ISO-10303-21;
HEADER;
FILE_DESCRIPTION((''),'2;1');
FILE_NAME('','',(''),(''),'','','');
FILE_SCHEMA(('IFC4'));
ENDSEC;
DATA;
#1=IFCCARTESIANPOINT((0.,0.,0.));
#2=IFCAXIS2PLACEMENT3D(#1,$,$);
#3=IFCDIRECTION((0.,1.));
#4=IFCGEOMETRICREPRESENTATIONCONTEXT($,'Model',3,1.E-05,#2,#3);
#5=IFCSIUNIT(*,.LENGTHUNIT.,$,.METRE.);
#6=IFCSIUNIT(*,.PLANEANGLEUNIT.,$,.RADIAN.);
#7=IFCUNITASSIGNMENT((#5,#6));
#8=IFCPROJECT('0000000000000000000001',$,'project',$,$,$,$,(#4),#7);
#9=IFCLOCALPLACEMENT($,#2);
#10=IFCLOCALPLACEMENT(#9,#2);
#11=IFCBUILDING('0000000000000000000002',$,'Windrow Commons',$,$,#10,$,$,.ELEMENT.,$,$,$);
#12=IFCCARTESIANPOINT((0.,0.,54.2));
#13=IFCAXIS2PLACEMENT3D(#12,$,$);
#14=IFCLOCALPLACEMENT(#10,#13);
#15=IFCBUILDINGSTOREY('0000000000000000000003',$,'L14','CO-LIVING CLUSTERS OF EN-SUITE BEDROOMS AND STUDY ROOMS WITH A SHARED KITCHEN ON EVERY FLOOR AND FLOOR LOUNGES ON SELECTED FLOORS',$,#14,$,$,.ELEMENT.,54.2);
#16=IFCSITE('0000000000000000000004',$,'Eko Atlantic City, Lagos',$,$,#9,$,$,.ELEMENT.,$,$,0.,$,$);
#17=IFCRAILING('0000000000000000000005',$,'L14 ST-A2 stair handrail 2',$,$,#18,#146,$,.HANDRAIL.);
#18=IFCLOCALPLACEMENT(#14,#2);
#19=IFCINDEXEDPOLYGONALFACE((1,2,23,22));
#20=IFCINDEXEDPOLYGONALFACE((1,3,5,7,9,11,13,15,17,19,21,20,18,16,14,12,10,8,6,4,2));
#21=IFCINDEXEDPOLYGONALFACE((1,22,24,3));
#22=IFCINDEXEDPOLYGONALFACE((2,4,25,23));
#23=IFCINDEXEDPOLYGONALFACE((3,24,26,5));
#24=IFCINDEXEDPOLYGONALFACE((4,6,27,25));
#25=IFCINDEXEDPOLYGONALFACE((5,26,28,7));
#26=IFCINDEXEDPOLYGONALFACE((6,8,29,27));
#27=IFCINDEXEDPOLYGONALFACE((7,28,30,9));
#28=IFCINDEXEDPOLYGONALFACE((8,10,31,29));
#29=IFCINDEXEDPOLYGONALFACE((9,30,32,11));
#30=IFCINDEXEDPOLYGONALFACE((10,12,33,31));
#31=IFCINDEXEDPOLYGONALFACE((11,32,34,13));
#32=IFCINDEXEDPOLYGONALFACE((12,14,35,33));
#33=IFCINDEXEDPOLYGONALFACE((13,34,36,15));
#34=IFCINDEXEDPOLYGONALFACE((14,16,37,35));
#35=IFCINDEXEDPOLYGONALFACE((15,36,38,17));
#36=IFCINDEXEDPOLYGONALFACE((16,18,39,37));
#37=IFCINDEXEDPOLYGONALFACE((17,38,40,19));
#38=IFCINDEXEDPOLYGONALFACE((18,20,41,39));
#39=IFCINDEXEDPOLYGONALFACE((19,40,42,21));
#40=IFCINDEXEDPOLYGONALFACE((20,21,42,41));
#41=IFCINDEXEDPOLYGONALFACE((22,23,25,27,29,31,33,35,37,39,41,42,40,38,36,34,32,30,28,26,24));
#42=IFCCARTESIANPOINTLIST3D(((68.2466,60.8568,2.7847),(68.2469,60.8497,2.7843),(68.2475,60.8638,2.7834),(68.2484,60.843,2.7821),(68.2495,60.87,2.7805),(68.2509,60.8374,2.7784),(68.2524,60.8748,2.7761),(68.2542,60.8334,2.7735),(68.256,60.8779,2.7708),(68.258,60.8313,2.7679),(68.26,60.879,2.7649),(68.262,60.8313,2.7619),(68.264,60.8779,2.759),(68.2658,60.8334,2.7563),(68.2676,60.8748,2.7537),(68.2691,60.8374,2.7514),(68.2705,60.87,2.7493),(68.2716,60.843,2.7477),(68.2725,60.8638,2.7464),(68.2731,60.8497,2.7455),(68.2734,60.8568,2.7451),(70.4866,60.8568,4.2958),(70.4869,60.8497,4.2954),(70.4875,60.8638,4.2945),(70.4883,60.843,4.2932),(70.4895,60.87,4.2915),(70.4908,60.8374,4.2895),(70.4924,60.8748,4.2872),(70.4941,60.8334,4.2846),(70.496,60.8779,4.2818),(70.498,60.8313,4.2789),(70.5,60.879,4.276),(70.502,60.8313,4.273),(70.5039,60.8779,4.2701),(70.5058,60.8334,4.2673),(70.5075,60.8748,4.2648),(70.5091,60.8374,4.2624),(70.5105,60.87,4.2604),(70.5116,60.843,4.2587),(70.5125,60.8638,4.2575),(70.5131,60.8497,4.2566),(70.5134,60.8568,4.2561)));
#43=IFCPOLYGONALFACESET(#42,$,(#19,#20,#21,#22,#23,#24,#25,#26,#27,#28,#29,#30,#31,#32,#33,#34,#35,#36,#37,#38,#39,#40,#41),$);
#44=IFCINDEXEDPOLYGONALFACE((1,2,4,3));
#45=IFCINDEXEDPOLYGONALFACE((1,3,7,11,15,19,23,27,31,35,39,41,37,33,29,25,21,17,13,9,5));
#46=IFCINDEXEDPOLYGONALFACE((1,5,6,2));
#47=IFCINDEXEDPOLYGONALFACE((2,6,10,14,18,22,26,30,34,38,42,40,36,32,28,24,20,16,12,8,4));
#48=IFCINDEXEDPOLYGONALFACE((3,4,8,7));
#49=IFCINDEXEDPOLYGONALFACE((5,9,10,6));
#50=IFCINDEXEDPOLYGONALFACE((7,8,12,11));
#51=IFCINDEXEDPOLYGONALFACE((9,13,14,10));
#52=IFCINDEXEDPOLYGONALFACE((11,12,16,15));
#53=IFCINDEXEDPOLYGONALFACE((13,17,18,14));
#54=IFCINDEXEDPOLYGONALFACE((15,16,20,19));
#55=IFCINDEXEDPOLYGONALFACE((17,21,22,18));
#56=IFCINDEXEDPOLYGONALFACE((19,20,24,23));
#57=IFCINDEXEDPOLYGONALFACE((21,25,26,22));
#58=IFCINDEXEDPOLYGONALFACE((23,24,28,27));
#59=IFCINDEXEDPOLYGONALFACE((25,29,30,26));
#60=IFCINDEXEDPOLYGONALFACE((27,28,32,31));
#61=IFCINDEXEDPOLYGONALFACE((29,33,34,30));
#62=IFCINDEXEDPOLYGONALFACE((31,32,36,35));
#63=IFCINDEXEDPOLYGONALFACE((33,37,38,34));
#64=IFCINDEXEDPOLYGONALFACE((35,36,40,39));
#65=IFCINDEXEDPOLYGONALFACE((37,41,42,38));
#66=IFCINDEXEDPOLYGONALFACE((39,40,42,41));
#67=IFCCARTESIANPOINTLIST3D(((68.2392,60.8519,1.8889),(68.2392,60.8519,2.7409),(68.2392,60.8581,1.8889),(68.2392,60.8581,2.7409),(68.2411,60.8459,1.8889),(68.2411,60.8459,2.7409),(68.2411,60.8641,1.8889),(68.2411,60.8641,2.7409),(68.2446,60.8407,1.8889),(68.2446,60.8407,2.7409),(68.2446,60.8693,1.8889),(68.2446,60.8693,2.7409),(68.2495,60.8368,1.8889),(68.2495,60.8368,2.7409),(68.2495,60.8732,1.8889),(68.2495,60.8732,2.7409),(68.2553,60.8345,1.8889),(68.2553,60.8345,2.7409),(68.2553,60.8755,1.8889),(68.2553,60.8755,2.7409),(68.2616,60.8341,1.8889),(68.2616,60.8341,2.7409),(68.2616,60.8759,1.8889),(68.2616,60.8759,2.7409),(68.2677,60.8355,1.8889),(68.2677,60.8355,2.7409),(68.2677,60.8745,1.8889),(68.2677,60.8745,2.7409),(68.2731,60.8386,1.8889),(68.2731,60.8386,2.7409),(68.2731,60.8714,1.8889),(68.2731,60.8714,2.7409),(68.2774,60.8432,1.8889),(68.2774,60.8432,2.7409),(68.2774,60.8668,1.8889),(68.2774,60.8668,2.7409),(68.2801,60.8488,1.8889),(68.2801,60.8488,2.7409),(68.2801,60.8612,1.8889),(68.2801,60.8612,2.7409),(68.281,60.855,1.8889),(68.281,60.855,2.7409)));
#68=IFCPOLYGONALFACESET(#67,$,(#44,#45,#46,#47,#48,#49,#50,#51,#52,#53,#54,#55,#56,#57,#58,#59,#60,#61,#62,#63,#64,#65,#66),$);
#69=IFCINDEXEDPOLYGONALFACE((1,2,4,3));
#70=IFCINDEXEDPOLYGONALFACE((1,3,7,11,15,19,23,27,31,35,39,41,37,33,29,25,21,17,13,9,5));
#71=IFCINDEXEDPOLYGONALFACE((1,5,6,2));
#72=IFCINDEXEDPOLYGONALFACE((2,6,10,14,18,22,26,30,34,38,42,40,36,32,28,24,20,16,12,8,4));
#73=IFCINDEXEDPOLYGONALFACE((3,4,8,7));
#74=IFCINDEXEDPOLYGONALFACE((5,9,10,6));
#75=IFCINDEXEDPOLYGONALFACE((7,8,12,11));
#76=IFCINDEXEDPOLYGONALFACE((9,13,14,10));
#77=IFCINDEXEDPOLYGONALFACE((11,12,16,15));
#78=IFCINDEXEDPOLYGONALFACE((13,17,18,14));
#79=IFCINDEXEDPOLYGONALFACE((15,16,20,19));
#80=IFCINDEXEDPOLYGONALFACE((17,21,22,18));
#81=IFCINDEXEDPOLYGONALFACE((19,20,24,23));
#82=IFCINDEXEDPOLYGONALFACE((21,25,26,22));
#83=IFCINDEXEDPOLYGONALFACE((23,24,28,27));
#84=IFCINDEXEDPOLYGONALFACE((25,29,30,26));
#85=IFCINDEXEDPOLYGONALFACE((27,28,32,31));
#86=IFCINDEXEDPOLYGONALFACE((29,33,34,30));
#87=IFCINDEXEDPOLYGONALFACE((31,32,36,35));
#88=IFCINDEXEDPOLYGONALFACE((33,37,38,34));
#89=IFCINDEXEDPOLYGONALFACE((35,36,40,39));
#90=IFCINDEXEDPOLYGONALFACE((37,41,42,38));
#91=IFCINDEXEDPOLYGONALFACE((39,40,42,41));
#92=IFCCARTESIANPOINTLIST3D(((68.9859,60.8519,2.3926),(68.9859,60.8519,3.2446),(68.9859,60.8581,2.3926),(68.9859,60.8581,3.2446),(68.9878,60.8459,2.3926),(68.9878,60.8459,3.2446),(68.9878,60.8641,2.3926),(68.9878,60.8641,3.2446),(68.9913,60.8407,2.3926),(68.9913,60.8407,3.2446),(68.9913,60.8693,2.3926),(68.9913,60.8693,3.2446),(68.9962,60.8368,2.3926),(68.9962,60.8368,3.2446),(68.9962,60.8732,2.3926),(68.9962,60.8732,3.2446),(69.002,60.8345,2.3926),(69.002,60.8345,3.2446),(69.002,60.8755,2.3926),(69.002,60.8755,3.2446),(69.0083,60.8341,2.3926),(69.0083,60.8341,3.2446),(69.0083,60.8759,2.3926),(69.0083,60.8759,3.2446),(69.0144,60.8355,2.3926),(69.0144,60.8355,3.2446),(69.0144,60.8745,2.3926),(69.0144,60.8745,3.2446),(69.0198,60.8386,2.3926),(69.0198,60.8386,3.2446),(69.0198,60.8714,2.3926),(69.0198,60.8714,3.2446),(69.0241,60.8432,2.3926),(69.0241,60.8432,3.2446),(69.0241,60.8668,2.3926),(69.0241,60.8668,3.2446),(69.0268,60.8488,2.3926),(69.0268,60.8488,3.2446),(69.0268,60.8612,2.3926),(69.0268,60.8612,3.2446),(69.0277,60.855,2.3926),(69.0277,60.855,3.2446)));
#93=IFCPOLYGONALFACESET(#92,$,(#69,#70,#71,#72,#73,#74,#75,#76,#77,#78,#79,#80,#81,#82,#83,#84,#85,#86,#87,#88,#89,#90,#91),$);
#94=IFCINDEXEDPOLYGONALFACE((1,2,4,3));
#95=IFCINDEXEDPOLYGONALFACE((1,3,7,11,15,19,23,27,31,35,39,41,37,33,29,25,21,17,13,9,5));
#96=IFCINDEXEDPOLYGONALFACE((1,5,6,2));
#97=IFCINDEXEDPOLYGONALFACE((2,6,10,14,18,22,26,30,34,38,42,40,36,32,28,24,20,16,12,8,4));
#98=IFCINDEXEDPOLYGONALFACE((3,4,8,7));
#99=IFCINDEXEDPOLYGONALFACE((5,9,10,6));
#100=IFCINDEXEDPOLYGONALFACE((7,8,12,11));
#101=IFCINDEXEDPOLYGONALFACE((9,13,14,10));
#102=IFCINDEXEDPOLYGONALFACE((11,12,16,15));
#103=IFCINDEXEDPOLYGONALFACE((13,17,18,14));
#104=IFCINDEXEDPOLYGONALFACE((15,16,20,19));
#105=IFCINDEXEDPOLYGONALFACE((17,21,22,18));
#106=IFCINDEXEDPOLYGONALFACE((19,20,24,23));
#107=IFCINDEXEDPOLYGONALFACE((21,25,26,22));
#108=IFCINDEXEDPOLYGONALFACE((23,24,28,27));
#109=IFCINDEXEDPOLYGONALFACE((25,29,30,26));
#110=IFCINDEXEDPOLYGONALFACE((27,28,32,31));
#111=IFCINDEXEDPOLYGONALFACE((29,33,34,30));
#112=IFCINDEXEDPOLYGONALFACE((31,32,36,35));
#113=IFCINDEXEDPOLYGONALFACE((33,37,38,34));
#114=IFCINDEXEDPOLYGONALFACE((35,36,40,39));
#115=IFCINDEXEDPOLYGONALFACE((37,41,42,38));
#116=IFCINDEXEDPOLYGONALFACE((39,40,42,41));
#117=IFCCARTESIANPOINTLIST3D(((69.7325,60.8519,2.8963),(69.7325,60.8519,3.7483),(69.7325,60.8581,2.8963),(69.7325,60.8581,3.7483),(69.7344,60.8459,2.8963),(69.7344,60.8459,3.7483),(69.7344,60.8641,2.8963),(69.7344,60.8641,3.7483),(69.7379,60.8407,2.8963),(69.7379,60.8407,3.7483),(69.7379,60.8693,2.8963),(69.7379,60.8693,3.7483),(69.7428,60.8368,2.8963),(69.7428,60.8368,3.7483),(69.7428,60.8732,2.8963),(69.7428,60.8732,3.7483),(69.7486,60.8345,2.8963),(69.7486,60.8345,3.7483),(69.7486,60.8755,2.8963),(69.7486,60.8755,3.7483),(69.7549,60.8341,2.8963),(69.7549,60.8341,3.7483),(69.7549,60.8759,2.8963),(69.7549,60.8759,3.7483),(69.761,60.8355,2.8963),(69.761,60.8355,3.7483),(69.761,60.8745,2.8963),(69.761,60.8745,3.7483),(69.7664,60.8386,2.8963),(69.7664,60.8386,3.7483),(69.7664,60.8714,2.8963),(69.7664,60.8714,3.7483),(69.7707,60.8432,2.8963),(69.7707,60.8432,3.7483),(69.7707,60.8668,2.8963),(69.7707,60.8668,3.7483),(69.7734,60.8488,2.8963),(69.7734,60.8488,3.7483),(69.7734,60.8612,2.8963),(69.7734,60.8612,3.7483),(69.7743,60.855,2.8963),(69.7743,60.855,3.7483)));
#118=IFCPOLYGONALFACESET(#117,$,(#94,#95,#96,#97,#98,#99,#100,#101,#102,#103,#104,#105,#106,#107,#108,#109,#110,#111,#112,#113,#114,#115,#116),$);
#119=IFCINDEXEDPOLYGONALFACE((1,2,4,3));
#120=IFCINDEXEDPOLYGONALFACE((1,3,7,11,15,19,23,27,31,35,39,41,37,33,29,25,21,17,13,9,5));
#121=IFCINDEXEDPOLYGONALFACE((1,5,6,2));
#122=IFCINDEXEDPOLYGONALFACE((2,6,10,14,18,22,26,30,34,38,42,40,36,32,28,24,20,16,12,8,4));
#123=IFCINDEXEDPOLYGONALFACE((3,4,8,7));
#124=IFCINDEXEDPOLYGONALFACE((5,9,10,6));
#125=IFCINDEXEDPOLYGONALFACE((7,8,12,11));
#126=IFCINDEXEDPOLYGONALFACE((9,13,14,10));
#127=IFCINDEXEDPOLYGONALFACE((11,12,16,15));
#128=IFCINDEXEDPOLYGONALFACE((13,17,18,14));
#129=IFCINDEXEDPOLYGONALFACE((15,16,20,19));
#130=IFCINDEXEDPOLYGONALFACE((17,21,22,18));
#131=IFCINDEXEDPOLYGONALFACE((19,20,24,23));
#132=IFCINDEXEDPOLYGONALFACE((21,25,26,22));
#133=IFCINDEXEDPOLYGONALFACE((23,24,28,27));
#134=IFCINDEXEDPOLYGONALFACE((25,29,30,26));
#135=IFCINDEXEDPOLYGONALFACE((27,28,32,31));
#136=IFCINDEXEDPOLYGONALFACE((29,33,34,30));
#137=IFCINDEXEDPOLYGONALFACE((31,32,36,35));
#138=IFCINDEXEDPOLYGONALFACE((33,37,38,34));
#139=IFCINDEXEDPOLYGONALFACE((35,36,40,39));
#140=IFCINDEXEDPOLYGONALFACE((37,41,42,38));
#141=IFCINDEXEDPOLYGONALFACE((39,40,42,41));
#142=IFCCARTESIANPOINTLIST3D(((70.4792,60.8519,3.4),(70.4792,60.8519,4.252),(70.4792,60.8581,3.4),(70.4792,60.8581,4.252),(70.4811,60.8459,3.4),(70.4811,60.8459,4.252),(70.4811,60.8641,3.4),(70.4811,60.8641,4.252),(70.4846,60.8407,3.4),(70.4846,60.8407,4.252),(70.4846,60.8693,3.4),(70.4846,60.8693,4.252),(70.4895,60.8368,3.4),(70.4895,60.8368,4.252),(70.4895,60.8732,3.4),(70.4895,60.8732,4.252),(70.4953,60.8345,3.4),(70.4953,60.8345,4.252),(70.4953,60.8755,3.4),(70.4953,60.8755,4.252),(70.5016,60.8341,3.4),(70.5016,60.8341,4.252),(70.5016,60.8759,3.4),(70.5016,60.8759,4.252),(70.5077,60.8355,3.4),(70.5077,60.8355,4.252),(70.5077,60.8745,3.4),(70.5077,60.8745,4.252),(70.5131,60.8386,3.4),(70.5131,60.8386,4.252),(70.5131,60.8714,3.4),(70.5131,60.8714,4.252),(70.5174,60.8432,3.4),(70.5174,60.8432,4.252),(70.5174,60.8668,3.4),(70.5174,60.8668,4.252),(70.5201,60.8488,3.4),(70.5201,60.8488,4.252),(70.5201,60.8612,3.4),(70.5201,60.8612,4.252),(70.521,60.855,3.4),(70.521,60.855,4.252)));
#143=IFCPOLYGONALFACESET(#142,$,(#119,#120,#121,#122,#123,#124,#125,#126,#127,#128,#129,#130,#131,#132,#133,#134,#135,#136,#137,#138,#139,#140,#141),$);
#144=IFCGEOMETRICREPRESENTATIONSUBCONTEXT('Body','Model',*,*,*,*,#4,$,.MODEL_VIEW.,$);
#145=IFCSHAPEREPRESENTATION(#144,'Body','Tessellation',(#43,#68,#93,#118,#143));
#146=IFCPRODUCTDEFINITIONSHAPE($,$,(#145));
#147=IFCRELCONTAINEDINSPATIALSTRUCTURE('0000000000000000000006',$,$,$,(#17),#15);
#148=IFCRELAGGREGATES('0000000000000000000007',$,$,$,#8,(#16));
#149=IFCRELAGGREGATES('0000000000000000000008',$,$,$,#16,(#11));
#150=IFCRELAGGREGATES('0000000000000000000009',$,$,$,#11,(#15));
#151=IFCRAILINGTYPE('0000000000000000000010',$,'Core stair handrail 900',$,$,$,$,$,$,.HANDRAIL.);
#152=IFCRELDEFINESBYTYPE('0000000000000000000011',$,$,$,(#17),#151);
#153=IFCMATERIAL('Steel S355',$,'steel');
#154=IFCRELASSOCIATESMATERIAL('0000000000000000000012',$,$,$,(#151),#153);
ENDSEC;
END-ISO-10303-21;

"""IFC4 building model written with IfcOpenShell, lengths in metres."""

from ifc_helpers import new_model, si_unit, direction, frame, origin, origin_2d, place, context, subcontext, project, spatial, circle, extrude, material, type_object, element, save


model = new_model("IFC4")

# Units and contexts
model_context = context("Model", 3, precision=1e-05, world=origin(), true_north=direction((0.0, 1.0)))
body_context = subcontext(model_context, "Body", "Model", "MODEL_VIEW")
ifc_project = project(units=[si_unit("LENGTHUNIT", "METRE"), si_unit("PLANEANGLEUNIT", "RADIAN")], contexts=[model_context])

# Site, building, storey
site_placement = place(None, origin())
site = spatial("IfcSite", under=ifc_project, at=site_placement, Name="Eko Atlantic City, Lagos", CompositionType="ELEMENT", RefElevation=0.0)
building_placement = place(site_placement, origin())
building = spatial("IfcBuilding", under=site, at=building_placement, Name="Windrow Commons", CompositionType="ELEMENT")
storey_placement = place(building_placement, frame((0.0, 0.0, 54.2)))
storey = spatial("IfcBuildingStorey", under=building, at=storey_placement, Name="L14", Description="CO-LIVING CLUSTERS OF EN-SUITE BEDROOMS AND STUDY ROOMS WITH A SHARED KITCHEN ON EVERY FLOOR AND FLOOR LOUNGES ON SELECTED FLOORS", CompositionType="ELEMENT", Elevation=54.2)

# Railing
ifc_material_1 = material(Name="Steel S355", Category="steel")
railing_type_1 = type_object("IfcRailingType", Name="Core stair handrail 900", PredefinedType="HANDRAIL", material=ifc_material_1)
railing_1_placement = place(storey_placement, frame((68.26, 60.855, 1.8889)))
element("IfcRailing", 1, at=railing_1_placement, inside=storey, type_object=railing_type_1, Name="L14 ST-A2 stair handrail 2", PredefinedType="HANDRAIL", context=body_context, shape_type="SweptSolid", body=[
    extrude(circle(Radius=0.024, at=origin_2d()), frame((0.0, 0.0, 0.876), z_axis=(0.829003, 0.0, 0.559244), x_axis=(0.0, 1.0, 0.0)), (0.0, 0.0, 1.0), 2.702),
    extrude(circle(Radius=0.021, at=origin_2d()), origin(), (0.0, 0.0, 1.0), 0.852),
    extrude(circle(Radius=0.021, at=origin_2d()), frame((0.7467, 0.0, 0.5037)), (0.0, 0.0, 1.0), 0.852),
    extrude(circle(Radius=0.021, at=origin_2d()), frame((1.4933, 0.0, 1.0074)), (0.0, 0.0, 1.0), 0.852),
    extrude(circle(Radius=0.021, at=origin_2d()), frame((2.24, 0.0, 1.5111)), (0.0, 0.0, 1.0), 0.852),
])

save(model, "model.ifc")
